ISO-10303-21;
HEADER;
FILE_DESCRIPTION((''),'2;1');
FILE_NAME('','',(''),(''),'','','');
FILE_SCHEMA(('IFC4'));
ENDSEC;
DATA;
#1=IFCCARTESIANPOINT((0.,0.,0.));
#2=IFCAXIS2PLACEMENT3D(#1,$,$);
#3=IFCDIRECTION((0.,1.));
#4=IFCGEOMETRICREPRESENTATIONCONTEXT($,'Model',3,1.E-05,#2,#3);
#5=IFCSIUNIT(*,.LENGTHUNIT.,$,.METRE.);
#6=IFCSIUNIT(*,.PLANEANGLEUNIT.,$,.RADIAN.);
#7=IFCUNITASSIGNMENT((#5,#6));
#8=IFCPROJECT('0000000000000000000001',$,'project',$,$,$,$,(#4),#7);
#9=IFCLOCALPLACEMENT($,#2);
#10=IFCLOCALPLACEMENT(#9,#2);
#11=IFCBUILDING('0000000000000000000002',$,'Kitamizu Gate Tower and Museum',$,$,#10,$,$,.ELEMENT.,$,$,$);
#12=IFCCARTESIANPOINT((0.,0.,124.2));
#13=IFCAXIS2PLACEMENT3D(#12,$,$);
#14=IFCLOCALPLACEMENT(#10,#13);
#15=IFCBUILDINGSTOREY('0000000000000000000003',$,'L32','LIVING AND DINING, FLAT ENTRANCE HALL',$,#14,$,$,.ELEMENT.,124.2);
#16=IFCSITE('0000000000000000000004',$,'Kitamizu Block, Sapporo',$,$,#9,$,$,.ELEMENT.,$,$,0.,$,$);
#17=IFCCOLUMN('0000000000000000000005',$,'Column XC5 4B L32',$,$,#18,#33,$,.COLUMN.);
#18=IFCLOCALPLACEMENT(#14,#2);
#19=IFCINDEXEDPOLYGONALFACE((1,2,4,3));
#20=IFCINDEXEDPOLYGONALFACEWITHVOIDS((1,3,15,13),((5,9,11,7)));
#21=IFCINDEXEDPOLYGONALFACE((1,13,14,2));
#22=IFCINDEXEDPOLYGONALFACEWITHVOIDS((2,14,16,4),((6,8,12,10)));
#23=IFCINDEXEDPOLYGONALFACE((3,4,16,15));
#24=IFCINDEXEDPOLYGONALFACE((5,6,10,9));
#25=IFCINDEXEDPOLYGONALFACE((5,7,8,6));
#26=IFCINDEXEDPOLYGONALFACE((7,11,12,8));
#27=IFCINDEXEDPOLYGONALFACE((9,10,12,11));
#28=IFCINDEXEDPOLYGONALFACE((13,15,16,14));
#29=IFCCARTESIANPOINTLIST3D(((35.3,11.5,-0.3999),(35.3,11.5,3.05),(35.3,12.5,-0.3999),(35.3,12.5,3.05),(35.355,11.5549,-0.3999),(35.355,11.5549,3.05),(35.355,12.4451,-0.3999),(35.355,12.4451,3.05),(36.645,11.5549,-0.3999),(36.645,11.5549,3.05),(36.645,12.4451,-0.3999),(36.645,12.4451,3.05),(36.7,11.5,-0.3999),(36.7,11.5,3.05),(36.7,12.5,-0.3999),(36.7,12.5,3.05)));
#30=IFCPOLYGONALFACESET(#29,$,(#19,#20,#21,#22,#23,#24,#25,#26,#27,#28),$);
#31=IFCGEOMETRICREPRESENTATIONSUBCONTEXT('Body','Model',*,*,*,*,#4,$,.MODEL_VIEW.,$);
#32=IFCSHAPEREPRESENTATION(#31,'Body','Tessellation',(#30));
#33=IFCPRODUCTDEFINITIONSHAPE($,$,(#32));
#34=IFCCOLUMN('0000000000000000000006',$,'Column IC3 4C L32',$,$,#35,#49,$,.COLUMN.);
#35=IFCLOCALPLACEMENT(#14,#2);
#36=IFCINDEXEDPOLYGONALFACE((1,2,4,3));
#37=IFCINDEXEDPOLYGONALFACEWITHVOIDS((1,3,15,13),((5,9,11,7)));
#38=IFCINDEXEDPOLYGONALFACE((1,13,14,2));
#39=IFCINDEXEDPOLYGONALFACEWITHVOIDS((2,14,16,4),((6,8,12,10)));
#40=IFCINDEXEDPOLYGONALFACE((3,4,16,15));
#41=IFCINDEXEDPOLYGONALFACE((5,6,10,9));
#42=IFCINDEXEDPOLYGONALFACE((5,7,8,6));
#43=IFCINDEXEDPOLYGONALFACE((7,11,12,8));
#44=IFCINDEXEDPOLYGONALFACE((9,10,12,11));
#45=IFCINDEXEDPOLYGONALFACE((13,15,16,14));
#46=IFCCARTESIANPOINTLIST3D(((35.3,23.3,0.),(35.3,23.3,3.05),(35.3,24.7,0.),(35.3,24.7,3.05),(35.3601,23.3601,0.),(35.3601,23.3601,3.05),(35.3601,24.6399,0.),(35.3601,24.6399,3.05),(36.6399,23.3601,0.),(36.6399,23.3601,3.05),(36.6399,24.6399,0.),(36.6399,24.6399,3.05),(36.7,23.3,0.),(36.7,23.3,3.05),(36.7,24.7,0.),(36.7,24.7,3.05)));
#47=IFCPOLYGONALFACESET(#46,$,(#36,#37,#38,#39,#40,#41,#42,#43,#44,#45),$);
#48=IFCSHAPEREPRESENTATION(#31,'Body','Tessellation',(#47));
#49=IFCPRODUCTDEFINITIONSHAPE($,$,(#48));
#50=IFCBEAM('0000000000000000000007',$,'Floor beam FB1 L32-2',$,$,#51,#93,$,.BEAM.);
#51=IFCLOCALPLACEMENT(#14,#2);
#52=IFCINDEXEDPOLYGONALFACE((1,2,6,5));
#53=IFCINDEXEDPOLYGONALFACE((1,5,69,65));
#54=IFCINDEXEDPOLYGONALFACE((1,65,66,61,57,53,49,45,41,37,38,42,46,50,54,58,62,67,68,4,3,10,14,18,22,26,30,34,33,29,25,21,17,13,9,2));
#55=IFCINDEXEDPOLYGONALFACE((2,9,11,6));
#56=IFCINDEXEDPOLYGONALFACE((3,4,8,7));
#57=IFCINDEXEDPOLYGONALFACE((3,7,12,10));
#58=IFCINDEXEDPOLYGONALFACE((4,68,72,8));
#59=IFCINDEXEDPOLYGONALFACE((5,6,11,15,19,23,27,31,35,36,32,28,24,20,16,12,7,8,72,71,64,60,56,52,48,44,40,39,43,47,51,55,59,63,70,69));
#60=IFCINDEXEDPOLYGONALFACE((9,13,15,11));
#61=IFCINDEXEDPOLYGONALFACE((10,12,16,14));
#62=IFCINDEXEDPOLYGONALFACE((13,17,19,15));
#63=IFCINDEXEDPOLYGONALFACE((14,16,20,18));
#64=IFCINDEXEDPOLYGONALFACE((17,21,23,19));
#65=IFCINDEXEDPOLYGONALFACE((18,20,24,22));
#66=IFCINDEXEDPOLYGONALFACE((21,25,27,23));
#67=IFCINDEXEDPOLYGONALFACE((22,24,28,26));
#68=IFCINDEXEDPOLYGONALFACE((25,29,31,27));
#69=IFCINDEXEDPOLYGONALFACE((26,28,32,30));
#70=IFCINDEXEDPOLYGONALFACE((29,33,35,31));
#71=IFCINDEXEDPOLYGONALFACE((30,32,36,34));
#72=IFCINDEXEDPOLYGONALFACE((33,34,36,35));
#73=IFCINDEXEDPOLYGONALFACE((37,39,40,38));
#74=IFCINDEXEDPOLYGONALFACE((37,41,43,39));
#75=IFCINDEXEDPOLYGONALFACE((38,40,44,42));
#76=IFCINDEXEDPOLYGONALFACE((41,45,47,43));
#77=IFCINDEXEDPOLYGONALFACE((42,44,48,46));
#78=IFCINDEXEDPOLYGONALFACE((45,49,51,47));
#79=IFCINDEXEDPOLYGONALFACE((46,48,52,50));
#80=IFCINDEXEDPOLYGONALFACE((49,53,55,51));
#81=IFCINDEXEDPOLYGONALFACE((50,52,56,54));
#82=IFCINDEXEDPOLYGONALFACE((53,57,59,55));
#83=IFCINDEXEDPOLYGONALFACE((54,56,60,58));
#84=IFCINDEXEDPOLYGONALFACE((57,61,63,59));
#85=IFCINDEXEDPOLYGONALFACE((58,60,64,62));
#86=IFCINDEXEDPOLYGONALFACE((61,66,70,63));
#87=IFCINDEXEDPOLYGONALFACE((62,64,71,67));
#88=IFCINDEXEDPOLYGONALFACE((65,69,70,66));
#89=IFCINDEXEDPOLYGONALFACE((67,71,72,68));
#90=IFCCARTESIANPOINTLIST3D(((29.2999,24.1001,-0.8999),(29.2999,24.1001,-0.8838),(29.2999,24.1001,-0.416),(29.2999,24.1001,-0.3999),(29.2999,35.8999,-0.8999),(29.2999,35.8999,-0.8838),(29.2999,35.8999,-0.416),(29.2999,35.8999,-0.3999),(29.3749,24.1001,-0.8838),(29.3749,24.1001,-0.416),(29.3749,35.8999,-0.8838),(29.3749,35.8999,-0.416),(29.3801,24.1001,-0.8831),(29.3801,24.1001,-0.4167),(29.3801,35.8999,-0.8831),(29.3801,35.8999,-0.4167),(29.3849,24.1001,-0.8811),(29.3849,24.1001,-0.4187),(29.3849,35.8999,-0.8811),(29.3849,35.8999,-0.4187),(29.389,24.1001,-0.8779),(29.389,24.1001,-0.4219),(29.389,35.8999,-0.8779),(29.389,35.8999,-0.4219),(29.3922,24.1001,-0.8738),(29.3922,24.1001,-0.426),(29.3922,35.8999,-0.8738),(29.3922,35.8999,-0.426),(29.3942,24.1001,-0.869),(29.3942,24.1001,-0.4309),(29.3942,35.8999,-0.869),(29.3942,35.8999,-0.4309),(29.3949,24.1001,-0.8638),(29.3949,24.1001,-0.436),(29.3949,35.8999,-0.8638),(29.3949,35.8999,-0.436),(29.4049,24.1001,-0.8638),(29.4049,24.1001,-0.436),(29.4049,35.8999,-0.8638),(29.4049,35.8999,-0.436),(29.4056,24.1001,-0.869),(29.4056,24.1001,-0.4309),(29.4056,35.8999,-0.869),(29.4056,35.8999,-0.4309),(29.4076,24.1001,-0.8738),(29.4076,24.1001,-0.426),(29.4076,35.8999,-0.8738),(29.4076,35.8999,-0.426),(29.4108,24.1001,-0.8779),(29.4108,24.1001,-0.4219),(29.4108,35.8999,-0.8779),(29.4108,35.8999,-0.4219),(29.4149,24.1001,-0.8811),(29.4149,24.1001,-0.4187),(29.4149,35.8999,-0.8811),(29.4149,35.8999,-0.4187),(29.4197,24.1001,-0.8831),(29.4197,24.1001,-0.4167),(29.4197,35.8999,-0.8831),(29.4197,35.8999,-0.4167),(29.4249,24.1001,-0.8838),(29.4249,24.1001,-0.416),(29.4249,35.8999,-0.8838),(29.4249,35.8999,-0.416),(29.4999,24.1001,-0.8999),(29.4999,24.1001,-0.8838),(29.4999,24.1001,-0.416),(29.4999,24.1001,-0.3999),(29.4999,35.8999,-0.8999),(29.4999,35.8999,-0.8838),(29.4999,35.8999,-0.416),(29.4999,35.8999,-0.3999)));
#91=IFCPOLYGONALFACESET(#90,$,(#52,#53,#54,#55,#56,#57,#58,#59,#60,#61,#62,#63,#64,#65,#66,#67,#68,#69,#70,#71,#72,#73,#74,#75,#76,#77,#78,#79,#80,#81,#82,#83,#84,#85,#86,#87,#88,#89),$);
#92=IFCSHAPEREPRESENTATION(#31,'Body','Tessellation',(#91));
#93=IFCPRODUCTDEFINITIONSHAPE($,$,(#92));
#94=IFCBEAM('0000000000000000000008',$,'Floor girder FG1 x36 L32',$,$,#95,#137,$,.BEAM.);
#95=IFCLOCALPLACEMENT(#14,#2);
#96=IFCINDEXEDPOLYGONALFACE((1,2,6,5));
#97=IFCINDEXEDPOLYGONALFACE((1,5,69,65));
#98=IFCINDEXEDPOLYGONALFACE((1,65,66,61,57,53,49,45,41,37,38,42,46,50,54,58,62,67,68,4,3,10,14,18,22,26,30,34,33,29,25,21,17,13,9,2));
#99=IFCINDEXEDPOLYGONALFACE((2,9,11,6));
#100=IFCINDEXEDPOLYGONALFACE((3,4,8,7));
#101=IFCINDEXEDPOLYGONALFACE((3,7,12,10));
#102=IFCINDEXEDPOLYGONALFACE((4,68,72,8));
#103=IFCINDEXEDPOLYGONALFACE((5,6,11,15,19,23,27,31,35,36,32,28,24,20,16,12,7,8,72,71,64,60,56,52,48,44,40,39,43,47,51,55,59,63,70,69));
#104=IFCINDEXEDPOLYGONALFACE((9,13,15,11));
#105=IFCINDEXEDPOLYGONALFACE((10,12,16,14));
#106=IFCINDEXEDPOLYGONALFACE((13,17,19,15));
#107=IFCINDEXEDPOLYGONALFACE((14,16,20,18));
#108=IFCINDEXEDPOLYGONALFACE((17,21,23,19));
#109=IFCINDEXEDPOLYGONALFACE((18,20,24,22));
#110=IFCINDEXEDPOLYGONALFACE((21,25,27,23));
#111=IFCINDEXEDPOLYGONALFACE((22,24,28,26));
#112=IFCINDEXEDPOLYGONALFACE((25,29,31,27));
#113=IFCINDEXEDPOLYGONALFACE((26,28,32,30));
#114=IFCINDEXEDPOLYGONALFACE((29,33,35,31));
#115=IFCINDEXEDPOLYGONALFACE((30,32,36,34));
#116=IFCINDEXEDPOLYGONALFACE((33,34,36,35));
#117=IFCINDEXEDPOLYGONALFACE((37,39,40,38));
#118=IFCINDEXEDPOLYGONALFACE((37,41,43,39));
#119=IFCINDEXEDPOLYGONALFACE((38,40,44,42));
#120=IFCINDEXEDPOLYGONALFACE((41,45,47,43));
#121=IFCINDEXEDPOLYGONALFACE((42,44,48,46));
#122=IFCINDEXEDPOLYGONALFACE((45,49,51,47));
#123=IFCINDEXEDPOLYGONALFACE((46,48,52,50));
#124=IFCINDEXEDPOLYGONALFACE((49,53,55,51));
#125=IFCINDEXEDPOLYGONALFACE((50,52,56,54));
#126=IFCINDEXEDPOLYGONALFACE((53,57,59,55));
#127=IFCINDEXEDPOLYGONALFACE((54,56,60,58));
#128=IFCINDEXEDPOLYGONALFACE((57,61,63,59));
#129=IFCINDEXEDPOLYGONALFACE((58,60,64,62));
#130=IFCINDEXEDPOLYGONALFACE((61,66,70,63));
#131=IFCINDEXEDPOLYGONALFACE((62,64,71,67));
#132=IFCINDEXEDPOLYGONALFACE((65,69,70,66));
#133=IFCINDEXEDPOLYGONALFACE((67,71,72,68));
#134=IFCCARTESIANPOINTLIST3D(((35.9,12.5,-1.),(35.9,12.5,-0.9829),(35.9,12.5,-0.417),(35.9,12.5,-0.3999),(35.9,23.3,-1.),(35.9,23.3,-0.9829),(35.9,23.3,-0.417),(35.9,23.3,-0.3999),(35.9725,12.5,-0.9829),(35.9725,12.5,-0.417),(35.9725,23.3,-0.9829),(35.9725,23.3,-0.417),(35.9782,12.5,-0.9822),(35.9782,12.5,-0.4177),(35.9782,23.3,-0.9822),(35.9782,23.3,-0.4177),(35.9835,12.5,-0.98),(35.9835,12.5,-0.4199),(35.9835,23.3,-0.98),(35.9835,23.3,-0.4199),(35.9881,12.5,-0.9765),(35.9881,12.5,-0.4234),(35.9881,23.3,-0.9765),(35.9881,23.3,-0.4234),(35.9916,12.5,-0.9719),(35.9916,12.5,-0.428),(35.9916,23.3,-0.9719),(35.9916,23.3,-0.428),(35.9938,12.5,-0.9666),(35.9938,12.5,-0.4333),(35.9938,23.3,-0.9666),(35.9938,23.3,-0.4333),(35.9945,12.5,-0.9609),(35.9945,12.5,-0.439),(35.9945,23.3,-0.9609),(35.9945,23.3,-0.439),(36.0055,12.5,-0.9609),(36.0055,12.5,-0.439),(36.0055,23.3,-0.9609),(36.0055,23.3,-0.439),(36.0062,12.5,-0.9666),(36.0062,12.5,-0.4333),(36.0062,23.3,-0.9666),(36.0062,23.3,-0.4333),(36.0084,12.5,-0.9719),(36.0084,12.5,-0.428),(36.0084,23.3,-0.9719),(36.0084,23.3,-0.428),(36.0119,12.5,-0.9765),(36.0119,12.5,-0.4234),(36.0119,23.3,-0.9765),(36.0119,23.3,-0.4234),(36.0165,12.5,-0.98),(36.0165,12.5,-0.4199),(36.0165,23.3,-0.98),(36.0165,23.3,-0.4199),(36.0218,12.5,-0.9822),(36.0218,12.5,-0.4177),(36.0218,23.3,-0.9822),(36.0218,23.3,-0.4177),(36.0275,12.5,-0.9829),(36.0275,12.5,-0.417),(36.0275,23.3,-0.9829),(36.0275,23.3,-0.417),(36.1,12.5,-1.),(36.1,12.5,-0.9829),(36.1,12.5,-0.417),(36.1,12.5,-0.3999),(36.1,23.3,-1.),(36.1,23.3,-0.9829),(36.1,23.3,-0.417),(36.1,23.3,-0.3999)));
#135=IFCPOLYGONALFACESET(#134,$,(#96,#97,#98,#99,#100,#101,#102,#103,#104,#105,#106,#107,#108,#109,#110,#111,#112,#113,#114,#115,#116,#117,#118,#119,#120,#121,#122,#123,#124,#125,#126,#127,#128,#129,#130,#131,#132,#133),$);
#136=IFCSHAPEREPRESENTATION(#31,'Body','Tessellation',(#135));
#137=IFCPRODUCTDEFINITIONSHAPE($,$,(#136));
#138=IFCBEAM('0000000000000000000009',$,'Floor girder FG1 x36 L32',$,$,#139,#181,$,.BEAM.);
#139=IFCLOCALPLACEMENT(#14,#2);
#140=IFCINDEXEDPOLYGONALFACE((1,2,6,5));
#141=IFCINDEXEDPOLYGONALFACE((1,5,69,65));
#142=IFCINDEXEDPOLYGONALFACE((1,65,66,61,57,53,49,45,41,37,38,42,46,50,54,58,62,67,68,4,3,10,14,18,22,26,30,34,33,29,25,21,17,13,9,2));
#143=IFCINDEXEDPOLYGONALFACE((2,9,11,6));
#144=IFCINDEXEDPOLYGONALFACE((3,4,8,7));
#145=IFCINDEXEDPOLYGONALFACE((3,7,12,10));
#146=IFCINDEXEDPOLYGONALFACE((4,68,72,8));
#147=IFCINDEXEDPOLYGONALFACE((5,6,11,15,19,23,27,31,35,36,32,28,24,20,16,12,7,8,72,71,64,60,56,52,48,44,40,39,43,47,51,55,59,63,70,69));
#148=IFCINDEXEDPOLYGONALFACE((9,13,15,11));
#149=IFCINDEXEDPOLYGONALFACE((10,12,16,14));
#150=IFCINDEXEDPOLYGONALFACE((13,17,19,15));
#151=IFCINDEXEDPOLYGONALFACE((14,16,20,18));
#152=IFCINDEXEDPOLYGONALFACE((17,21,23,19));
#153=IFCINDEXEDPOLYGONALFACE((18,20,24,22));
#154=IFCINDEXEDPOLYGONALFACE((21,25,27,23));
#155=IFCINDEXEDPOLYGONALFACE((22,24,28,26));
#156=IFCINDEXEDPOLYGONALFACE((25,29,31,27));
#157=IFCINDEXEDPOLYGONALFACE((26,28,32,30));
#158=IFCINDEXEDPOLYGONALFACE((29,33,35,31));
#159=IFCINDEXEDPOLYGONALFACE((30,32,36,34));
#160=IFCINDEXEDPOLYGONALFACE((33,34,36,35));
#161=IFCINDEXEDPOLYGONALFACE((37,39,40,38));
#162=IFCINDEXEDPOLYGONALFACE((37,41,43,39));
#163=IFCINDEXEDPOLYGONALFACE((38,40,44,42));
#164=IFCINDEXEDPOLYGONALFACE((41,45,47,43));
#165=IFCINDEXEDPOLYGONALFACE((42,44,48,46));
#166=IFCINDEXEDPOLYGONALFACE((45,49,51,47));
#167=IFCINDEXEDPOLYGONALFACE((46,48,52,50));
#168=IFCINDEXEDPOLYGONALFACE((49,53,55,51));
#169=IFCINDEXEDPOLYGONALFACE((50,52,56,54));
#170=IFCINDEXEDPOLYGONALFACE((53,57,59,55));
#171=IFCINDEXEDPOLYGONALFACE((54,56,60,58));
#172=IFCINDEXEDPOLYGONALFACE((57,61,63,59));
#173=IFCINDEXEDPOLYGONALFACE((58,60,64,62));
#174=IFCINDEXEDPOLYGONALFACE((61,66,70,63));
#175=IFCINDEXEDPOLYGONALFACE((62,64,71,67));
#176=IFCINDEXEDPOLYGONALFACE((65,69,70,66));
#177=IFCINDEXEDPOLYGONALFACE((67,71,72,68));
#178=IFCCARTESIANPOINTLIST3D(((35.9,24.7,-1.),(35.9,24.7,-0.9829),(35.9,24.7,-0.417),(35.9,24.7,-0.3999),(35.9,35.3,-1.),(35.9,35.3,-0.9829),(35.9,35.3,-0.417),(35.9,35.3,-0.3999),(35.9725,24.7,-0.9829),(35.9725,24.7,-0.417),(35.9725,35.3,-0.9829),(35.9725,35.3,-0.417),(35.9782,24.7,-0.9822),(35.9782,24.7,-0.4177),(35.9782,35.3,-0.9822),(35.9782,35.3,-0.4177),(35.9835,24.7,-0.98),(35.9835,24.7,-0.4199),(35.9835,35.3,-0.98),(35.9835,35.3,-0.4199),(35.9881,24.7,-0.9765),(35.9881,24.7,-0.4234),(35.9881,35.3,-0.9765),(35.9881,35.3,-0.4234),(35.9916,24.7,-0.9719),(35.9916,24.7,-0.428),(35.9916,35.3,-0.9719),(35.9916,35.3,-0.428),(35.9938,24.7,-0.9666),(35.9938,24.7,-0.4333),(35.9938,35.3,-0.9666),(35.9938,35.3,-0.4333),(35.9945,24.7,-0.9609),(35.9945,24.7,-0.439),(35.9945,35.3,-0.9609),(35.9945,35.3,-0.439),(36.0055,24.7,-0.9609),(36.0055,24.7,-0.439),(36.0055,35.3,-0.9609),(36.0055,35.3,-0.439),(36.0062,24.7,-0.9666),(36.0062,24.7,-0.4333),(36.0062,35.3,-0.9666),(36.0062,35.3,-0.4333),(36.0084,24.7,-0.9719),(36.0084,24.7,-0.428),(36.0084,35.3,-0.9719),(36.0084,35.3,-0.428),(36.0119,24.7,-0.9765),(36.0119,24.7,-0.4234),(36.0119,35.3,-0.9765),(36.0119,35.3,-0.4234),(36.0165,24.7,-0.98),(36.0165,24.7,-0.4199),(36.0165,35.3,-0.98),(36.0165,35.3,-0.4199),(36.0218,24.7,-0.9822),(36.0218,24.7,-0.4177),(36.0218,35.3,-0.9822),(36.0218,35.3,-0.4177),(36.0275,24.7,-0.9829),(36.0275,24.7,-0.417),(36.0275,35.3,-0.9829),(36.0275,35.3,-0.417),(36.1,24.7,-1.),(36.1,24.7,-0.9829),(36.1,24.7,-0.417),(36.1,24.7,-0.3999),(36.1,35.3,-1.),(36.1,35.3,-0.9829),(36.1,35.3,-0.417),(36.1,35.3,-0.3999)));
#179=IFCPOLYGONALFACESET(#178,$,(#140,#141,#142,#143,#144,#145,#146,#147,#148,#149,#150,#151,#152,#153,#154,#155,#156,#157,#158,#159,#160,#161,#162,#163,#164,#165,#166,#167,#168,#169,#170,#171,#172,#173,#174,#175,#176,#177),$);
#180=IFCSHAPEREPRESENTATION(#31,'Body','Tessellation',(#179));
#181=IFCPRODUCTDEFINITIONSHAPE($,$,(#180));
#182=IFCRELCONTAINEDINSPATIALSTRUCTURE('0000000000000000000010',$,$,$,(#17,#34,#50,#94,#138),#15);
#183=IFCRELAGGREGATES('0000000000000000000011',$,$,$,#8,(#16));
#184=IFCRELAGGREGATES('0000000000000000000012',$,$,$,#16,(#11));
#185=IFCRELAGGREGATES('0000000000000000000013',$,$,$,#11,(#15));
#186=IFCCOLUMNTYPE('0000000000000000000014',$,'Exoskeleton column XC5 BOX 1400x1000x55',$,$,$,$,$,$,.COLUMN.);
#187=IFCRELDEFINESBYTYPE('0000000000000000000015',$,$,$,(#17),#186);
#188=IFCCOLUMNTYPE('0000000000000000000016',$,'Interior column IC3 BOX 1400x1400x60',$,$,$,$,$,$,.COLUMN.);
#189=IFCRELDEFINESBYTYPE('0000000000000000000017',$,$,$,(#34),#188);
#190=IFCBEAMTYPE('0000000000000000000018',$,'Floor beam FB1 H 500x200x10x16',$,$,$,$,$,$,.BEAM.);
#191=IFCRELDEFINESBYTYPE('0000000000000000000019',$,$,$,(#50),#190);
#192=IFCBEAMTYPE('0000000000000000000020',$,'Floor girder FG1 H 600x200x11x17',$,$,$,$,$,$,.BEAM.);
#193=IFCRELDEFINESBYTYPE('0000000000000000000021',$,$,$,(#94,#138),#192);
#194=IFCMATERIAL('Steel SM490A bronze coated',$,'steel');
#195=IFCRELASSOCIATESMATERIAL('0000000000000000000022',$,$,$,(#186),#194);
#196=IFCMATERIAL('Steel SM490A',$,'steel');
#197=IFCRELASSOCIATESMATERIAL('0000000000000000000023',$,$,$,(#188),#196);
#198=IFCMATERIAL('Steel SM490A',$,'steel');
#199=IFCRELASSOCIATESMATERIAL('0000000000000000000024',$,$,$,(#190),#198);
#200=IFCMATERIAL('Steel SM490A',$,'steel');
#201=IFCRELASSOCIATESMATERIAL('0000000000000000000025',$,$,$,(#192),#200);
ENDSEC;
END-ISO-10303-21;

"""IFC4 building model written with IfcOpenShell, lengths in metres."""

from ifc_helpers import new_model, si_unit, direction, frame, origin, origin_2d, place, context, subcontext, project, spatial, hollow_rectangle, i_section, extrude, material, material_profile, profile_set, type_object, element, save


model = new_model("IFC4")

# Units and contexts
model_context = context("Model", 3, precision=1e-05, world=origin(), true_north=direction((0.0, 1.0)))
body_context = subcontext(model_context, "Body", "Model", "MODEL_VIEW")
ifc_project = project(units=[si_unit("LENGTHUNIT", "METRE"), si_unit("PLANEANGLEUNIT", "RADIAN")], contexts=[model_context])

# Site, building, storey
site_placement = place(None, origin())
site = spatial("IfcSite", under=ifc_project, at=site_placement, Name="Kitamizu Block, Sapporo", CompositionType="ELEMENT", RefElevation=0.0)
building_placement = place(site_placement, origin())
building = spatial("IfcBuilding", under=site, at=building_placement, Name="Kitamizu Gate Tower and Museum", CompositionType="ELEMENT")
storey_placement = place(building_placement, frame((0.0, 0.0, 124.2)))
storey = spatial("IfcBuildingStorey", under=building, at=storey_placement, Name="L32", Description="LIVING AND DINING, FLAT ENTRANCE HALL", CompositionType="ELEMENT", Elevation=124.2)

# Columns
ifc_material_1 = material(Name="Steel SM490A bronze coated", Category="steel")
ifc_material_profile_1 = material_profile(ifc_material_1, hollow_rectangle(XDim=1.3999, YDim=1.0, WallThickness=0.0549, at=origin_2d()), Name="BOX 1400x1000x55")
ifc_profile_set_1 = profile_set([ifc_material_profile_1], Name="Steel SM490A bronze coated")
column_type_1 = type_object("IfcColumnType", Name="Exoskeleton column XC5 BOX 1400x1000x55", PredefinedType="COLUMN", material=ifc_profile_set_1)
column_1_placement = place(storey_placement, frame((36.0, 12.0, -0.3999), z_axis=(0.0, 0.0, 1.0), x_axis=(1.0, 0.0, 0.0)))
element("IfcColumn", 1, at=column_1_placement, inside=storey, type_object=column_type_1, Name="Column XC5 4B L32", PredefinedType="COLUMN", context=body_context, shape_type="SweptSolid", body=[
    extrude(hollow_rectangle(XDim=1.3999, YDim=1.0, WallThickness=0.0549, at=origin_2d()), origin(), (0.0, 0.0, 1.0), 3.45),
])
ifc_material_2 = material(Name="Steel SM490A", Category="steel")
ifc_material_profile_2 = material_profile(ifc_material_2, hollow_rectangle(XDim=1.3999, YDim=1.3999, WallThickness=0.0601, at=origin_2d()), Name="BOX 1400x1400x60")
ifc_profile_set_2 = profile_set([ifc_material_profile_2], Name="Steel SM490A")
column_type_2 = type_object("IfcColumnType", Name="Interior column IC3 BOX 1400x1400x60", PredefinedType="COLUMN", material=ifc_profile_set_2)
column_2_placement = place(storey_placement, frame((36.0, 24.0, 0.0), z_axis=(0.0, 0.0, 1.0), x_axis=(1.0, 0.0, 0.0)))
element("IfcColumn", 2, at=column_2_placement, inside=storey, type_object=column_type_2, Name="Column IC3 4C L32", PredefinedType="COLUMN", context=body_context, shape_type="SweptSolid", body=[
    extrude(hollow_rectangle(XDim=1.3999, YDim=1.3999, WallThickness=0.0601, at=origin_2d()), origin(), (0.0, 0.0, 1.0), 3.05),
])

# Beams
ifc_material_3 = material(Name="Steel SM490A", Category="steel")
ifc_material_profile_3 = material_profile(ifc_material_3, i_section(OverallWidth=0.2, OverallDepth=0.5, WebThickness=0.01, FlangeThickness=0.0161, FilletRadius=0.02, at=origin_2d()), Name="H-500x200x10x16")
ifc_profile_set_3 = profile_set([ifc_material_profile_3], Name="Steel SM490A")
beam_type_1 = type_object("IfcBeamType", Name="Floor beam FB1 H 500x200x10x16", PredefinedType="BEAM", material=ifc_profile_set_3)
beam_1_placement = place(storey_placement, frame((29.3999, 24.1001, -0.6499), z_axis=(0.0, 1.0, 0.0), x_axis=(-1.0, 0.0, 0.0)))
element("IfcBeam", 3, at=beam_1_placement, inside=storey, type_object=beam_type_1, Name="Floor beam FB1 L32-2", PredefinedType="BEAM", context=body_context, shape_type="SweptSolid", body=[
    extrude(i_section(OverallWidth=0.2, OverallDepth=0.5, WebThickness=0.01, FlangeThickness=0.0161, FilletRadius=0.02, at=origin_2d()), origin(), (0.0, 0.0, 1.0), 11.7998),
])
ifc_material_4 = material(Name="Steel SM490A", Category="steel")
ifc_material_profile_4 = material_profile(ifc_material_4, i_section(OverallWidth=0.2, OverallDepth=0.6001, WebThickness=0.011, FlangeThickness=0.0171, FilletRadius=0.022, at=origin_2d()), Name="H-600x200x11x17")
ifc_profile_set_4 = profile_set([ifc_material_profile_4], Name="Steel SM490A")
beam_type_2 = type_object("IfcBeamType", Name="Floor girder FG1 H 600x200x11x17", PredefinedType="BEAM", material=ifc_profile_set_4)
beam_2_placement = place(storey_placement, frame((36.0, 12.5, -0.7), z_axis=(0.0, 1.0, 0.0), x_axis=(-1.0, 0.0, 0.0)))
element("IfcBeam", 4, at=beam_2_placement, inside=storey, type_object=beam_type_2, Name="Floor girder FG1 x36 L32", PredefinedType="BEAM", context=body_context, shape_type="SweptSolid", body=[
    extrude(i_section(OverallWidth=0.2, OverallDepth=0.6001, WebThickness=0.011, FlangeThickness=0.0171, FilletRadius=0.022, at=origin_2d()), origin(), (0.0, 0.0, 1.0), 10.8),
])
beam_3_placement = place(storey_placement, frame((36.0, 24.7, -0.7), z_axis=(0.0, 1.0, 0.0), x_axis=(-1.0, 0.0, 0.0)))
element("IfcBeam", 5, at=beam_3_placement, inside=storey, type_object=beam_type_2, Name="Floor girder FG1 x36 L32", PredefinedType="BEAM", context=body_context, shape_type="SweptSolid", body=[
    extrude(i_section(OverallWidth=0.2, OverallDepth=0.6001, WebThickness=0.011, FlangeThickness=0.0171, FilletRadius=0.022, at=origin_2d()), origin(), (0.0, 0.0, 1.0), 10.6001),
])

save(model, "model.ifc")
